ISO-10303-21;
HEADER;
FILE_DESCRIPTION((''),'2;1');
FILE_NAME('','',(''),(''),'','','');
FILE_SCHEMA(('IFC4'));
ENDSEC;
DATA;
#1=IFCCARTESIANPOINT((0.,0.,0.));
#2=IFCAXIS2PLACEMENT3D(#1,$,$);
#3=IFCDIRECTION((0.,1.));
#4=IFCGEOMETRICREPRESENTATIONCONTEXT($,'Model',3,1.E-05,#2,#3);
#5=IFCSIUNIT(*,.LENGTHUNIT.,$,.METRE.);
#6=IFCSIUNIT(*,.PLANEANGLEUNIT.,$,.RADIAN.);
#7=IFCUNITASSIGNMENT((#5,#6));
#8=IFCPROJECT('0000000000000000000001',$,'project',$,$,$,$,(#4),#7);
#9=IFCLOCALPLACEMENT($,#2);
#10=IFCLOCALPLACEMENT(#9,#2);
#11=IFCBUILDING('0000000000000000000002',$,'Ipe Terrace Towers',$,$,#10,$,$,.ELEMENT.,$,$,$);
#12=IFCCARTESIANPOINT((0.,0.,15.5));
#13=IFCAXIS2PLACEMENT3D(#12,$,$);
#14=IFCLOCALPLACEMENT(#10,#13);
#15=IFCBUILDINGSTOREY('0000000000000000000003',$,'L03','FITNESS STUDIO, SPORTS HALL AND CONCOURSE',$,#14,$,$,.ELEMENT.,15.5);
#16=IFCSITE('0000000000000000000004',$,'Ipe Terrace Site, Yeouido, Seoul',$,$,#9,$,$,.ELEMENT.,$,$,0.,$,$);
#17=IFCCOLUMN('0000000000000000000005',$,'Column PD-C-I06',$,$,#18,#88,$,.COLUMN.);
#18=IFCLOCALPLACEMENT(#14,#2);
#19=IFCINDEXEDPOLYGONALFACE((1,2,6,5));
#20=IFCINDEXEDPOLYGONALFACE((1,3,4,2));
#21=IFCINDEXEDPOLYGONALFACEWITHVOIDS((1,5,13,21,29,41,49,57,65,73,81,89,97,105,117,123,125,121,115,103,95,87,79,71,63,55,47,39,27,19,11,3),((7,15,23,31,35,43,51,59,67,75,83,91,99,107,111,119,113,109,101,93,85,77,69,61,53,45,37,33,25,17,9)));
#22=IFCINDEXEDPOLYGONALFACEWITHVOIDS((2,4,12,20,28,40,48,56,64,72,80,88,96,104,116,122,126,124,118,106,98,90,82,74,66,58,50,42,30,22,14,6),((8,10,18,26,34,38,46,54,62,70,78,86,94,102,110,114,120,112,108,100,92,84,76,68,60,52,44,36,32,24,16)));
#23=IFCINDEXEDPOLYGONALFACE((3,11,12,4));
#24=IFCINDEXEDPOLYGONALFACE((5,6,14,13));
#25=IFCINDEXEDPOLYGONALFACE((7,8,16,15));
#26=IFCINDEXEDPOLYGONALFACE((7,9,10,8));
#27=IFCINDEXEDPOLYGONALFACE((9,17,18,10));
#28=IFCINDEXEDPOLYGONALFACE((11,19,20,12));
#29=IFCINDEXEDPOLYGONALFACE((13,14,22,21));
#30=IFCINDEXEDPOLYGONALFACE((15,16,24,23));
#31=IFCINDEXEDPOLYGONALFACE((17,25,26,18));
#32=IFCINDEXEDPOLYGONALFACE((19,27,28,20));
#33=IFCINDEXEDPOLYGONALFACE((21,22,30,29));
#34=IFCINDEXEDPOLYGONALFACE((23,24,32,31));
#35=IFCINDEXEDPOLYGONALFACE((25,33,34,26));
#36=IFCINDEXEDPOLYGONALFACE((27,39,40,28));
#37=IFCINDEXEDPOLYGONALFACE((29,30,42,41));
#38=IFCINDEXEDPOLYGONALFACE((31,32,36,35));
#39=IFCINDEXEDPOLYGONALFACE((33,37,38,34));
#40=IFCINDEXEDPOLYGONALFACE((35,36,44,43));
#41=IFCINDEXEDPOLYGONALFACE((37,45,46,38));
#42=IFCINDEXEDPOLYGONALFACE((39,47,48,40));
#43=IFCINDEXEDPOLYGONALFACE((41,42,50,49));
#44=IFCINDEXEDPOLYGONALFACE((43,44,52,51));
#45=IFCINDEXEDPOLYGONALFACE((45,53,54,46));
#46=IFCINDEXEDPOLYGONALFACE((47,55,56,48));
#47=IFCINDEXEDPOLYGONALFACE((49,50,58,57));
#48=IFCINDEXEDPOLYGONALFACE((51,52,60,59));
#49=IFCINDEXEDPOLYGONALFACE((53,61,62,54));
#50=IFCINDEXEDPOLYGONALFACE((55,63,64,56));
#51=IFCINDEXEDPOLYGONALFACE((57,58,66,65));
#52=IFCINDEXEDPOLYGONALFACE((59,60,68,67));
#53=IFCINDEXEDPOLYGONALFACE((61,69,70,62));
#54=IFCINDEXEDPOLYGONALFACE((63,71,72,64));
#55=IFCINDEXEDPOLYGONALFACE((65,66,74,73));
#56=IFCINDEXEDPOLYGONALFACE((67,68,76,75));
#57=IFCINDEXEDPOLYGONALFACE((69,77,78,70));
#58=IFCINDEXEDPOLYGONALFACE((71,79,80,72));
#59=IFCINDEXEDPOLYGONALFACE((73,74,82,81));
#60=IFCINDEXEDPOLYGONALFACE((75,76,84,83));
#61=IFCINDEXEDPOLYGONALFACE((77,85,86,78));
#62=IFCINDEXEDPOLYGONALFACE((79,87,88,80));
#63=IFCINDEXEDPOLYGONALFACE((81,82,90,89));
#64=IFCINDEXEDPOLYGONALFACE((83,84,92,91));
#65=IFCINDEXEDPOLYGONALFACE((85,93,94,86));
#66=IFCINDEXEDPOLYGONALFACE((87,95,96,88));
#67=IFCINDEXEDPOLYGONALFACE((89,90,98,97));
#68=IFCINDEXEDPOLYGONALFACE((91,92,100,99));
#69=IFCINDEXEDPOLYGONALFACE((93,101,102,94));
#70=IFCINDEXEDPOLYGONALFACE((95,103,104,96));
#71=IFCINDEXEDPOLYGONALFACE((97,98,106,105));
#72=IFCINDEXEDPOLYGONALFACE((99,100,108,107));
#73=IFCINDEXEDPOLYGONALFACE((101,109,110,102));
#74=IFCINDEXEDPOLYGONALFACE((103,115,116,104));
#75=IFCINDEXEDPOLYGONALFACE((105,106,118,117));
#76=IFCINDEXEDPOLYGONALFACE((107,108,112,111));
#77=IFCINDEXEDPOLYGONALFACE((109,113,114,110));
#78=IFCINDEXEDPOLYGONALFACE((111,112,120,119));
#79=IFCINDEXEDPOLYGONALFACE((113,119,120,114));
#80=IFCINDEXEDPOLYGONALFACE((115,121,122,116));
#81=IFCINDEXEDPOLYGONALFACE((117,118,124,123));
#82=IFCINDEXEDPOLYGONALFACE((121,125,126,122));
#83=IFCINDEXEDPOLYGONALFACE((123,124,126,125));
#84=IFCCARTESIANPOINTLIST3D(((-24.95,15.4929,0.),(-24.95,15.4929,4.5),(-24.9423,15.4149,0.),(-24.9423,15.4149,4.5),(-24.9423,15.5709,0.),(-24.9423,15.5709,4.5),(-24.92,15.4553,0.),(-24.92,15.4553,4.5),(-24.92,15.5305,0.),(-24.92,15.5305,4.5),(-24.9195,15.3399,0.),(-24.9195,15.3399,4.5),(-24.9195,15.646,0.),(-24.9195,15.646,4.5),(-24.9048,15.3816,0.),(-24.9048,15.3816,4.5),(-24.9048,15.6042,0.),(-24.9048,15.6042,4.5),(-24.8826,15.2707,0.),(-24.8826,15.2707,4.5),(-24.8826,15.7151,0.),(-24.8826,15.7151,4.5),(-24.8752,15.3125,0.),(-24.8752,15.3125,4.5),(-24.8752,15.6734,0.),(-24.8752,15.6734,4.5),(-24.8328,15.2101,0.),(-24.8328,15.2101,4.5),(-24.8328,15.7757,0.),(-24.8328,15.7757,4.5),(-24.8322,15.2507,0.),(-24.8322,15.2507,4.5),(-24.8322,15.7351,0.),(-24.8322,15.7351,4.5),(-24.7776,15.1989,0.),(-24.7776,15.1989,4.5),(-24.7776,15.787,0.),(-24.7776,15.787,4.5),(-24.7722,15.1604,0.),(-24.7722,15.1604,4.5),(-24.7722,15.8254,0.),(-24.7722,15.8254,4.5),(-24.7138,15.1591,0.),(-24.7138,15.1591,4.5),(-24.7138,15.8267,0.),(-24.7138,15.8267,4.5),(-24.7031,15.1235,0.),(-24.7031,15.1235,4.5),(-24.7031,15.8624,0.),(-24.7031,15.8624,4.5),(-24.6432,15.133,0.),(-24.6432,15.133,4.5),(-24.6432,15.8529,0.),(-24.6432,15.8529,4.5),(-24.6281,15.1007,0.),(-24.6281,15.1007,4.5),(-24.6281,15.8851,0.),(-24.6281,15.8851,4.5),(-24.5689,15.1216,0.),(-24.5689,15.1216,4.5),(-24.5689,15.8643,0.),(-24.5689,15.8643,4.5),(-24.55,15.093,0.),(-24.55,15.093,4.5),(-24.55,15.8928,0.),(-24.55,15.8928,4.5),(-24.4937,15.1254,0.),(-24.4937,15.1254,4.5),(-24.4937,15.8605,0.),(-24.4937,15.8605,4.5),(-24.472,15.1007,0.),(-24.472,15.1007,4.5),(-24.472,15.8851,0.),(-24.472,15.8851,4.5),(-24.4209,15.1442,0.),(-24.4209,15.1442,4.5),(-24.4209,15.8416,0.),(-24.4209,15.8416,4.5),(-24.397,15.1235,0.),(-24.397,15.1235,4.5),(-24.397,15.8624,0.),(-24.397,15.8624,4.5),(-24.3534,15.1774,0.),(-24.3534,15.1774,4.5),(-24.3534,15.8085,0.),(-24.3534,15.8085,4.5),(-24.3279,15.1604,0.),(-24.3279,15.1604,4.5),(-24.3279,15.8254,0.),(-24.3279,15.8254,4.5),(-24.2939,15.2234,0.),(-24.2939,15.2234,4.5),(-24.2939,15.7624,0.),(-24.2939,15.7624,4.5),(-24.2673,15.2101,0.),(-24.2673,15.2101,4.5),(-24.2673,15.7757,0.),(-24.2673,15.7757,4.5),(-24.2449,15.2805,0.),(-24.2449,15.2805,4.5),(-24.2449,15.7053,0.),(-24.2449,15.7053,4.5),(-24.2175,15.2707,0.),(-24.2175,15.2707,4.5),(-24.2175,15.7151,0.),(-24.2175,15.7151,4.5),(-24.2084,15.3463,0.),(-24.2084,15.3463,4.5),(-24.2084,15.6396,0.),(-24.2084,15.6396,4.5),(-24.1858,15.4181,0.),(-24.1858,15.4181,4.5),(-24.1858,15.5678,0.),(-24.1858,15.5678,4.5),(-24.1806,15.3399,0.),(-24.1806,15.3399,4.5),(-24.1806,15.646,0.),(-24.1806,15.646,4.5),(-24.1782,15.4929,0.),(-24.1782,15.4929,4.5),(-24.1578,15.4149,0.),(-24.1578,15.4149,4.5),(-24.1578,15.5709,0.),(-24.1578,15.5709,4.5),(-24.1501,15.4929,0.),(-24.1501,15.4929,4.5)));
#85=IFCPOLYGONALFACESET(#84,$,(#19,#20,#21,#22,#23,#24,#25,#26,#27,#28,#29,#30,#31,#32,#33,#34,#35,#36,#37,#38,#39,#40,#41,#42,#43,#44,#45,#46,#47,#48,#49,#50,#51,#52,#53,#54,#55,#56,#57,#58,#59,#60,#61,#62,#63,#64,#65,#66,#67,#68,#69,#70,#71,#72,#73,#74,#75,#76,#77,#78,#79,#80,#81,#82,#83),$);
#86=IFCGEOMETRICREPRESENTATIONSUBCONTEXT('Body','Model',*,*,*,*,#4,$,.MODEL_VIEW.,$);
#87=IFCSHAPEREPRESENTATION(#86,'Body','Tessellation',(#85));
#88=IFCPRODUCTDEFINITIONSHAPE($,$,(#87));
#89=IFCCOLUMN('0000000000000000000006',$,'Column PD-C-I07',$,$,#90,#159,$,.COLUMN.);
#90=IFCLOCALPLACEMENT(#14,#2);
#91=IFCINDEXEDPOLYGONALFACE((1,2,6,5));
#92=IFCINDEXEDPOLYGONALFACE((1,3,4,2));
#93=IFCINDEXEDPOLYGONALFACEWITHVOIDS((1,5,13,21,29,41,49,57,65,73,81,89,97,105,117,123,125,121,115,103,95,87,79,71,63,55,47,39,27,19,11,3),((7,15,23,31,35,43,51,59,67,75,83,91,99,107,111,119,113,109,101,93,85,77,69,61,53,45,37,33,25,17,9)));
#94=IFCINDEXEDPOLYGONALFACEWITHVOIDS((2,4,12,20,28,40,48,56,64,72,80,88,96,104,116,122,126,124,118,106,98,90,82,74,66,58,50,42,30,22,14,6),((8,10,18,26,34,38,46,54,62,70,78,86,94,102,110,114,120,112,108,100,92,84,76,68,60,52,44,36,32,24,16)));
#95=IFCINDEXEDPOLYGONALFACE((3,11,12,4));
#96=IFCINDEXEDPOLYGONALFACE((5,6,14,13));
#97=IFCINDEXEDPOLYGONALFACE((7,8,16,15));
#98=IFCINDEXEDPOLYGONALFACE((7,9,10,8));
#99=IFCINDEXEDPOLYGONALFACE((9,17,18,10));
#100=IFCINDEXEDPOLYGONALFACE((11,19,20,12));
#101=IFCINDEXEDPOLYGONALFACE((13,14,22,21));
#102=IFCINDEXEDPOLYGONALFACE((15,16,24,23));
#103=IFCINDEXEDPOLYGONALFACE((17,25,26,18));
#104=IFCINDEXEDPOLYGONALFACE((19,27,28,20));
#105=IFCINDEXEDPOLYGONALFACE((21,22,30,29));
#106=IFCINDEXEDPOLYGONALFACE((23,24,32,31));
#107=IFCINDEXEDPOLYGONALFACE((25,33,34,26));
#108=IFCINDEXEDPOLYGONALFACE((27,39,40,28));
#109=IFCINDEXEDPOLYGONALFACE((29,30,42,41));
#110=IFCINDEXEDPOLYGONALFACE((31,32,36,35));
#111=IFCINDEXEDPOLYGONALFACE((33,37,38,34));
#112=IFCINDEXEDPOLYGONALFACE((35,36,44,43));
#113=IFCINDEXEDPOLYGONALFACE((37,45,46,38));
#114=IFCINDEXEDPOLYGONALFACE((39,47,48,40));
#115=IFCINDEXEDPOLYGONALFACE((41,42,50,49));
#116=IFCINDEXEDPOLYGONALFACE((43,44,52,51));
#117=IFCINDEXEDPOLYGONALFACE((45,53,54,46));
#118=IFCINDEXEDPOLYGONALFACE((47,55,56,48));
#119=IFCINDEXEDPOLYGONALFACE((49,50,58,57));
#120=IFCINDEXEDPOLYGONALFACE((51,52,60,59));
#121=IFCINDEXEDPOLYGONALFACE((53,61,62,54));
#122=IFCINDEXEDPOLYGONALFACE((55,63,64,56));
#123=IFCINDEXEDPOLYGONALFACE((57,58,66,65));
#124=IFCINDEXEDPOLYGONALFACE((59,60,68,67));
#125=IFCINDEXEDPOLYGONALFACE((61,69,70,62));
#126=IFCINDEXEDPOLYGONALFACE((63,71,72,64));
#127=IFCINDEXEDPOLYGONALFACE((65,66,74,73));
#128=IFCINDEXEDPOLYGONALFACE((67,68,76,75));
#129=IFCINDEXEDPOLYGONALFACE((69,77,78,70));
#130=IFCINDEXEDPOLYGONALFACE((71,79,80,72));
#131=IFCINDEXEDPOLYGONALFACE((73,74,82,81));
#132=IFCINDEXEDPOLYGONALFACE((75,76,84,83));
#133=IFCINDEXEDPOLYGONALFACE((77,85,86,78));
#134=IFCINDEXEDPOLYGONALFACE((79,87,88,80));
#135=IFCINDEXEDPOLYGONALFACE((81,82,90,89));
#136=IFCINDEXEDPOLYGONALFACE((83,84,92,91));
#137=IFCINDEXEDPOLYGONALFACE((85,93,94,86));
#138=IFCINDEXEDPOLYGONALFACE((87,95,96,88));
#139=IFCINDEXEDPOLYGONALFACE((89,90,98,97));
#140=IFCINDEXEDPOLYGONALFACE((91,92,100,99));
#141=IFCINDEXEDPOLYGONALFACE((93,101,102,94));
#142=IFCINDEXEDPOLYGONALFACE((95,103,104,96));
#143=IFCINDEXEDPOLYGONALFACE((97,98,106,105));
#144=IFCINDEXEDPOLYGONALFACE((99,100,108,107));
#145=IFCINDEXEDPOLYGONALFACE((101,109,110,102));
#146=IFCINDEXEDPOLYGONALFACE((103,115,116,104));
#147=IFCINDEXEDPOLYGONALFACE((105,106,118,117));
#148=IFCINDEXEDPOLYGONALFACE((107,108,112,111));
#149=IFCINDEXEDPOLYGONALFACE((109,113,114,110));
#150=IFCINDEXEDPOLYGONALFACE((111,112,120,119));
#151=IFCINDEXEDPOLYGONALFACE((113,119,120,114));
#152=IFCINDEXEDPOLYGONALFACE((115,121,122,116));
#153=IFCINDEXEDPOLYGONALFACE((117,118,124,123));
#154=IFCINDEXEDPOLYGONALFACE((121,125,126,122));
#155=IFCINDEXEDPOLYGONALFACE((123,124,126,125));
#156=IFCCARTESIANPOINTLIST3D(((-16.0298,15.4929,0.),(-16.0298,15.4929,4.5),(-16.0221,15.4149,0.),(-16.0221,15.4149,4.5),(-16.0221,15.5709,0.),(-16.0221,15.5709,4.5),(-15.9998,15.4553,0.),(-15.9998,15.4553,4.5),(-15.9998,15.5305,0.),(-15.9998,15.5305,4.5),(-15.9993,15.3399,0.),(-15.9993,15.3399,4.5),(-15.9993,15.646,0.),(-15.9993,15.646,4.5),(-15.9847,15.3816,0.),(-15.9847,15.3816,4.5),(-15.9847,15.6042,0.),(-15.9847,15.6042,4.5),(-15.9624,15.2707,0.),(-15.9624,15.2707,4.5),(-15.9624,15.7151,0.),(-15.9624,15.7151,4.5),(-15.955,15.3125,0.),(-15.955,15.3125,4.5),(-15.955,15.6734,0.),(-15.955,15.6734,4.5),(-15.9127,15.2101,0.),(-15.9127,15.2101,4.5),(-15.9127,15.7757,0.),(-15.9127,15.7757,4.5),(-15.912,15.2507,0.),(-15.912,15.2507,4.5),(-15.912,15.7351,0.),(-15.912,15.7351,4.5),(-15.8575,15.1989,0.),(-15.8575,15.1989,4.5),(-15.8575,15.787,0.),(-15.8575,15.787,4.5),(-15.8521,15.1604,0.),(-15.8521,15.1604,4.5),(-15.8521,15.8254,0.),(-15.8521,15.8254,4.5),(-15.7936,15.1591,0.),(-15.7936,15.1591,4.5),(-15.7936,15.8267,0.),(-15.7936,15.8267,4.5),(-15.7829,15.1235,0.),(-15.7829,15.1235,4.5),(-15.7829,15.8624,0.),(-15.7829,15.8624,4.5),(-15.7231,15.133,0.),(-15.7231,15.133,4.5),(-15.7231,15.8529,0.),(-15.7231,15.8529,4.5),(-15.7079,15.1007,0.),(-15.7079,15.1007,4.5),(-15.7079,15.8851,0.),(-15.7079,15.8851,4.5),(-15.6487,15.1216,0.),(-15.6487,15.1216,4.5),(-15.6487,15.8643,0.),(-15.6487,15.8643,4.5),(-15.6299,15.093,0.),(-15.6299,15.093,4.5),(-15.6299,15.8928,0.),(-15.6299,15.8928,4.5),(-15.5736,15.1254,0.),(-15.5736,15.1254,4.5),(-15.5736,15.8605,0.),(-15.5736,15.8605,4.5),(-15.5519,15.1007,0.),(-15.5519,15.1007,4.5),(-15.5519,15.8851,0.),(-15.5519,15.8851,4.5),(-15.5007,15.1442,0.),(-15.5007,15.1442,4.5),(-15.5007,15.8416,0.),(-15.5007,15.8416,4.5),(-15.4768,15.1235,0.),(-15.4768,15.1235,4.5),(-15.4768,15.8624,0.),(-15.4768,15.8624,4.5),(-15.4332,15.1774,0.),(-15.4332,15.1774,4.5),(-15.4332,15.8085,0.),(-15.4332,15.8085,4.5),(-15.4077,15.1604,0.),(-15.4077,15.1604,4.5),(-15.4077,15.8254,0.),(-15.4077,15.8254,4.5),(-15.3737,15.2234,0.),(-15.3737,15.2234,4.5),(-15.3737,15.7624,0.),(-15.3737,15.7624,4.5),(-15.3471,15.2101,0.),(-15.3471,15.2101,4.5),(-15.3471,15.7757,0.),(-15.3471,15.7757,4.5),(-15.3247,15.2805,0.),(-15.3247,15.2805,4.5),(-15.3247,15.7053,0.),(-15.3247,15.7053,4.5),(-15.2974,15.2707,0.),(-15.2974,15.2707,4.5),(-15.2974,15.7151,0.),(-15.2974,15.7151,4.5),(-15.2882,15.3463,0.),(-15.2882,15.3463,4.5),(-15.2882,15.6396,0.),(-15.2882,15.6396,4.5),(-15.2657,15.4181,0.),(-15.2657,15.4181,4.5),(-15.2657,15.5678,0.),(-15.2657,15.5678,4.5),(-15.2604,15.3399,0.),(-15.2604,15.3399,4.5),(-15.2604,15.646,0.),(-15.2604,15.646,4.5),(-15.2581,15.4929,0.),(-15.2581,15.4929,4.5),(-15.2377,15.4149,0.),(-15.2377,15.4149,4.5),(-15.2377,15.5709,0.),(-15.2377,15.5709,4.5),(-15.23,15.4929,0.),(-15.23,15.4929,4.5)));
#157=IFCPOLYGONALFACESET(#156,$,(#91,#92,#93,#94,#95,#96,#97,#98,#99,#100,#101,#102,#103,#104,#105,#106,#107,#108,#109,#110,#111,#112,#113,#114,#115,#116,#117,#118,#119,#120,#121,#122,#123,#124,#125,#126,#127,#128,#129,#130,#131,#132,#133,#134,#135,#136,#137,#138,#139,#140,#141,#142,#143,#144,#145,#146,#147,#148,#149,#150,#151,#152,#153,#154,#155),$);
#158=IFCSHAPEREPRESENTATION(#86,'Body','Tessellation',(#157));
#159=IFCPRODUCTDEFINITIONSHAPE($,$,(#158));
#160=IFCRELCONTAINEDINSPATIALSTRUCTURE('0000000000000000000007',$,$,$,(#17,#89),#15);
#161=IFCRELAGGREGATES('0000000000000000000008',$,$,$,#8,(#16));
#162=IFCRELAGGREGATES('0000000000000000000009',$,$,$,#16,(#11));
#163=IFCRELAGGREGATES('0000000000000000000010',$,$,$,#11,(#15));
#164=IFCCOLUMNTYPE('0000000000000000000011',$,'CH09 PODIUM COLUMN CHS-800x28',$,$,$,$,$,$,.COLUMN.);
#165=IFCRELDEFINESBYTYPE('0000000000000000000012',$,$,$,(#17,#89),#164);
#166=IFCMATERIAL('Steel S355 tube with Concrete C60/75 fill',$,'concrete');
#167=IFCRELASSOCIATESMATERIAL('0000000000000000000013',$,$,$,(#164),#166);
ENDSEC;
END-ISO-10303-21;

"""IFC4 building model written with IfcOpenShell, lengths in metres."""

from ifc_helpers import new_model, si_unit, direction, frame, origin, origin_2d, place, context, subcontext, project, spatial, hollow_circle, extrude, material, material_profile, profile_set, type_object, element, save


model = new_model("IFC4")

# Units and contexts
model_context = context("Model", 3, precision=1e-05, world=origin(), true_north=direction((0.0, 1.0)))
body_context = subcontext(model_context, "Body", "Model", "MODEL_VIEW")
ifc_project = project(units=[si_unit("LENGTHUNIT", "METRE"), si_unit("PLANEANGLEUNIT", "RADIAN")], contexts=[model_context])

# Site, building, storey
site_placement = place(None, origin())
site = spatial("IfcSite", under=ifc_project, at=site_placement, Name="Ipe Terrace Site, Yeouido, Seoul", CompositionType="ELEMENT", RefElevation=0.0)
building_placement = place(site_placement, origin())
building = spatial("IfcBuilding", under=site, at=building_placement, Name="Ipe Terrace Towers", CompositionType="ELEMENT")
storey_placement = place(building_placement, frame((0.0, 0.0, 15.5)))
storey = spatial("IfcBuildingStorey", under=building, at=storey_placement, Name="L03", Description="FITNESS STUDIO, SPORTS HALL AND CONCOURSE", CompositionType="ELEMENT", Elevation=15.5)

# Columns
ifc_material_1 = material(Name="Steel S355 tube with Concrete C60/75 fill", Category="concrete")
ifc_material_profile_1 = material_profile(ifc_material_1, hollow_circle(Radius=0.3999, WallThickness=0.0281, at=origin_2d()), Name="CHS-800x28")
ifc_profile_set_1 = profile_set([ifc_material_profile_1], Name="Steel S355 tube with Concrete C60/75 fill")
column_type_1 = type_object("IfcColumnType", Name="CH09 PODIUM COLUMN CHS-800x28", PredefinedType="COLUMN", material=ifc_profile_set_1)
for number, where, z_axis, x_axis, name in (
    (1, (-24.55, 15.4929, 0.0), (0.0, 0.0, 1.0), (1.0, 0.0, 0.0), "Column PD-C-I06"),
    (2, (-15.6299, 15.4929, 0.0), (0.0, 0.0, 1.0), (1.0, 0.0, 0.0), "Column PD-C-I07"),
):
    element("IfcColumn", number, at=place(storey_placement, frame(where, z_axis=z_axis, x_axis=x_axis)), inside=storey, type_object=column_type_1, Name=name, PredefinedType="COLUMN", context=body_context, shape_type="SweptSolid", body=[
        extrude(hollow_circle(Radius=0.3999, WallThickness=0.0281, at=origin_2d()), origin(), (0.0, 0.0, 1.0), 4.5),
    ])

save(model, "model.ifc")
